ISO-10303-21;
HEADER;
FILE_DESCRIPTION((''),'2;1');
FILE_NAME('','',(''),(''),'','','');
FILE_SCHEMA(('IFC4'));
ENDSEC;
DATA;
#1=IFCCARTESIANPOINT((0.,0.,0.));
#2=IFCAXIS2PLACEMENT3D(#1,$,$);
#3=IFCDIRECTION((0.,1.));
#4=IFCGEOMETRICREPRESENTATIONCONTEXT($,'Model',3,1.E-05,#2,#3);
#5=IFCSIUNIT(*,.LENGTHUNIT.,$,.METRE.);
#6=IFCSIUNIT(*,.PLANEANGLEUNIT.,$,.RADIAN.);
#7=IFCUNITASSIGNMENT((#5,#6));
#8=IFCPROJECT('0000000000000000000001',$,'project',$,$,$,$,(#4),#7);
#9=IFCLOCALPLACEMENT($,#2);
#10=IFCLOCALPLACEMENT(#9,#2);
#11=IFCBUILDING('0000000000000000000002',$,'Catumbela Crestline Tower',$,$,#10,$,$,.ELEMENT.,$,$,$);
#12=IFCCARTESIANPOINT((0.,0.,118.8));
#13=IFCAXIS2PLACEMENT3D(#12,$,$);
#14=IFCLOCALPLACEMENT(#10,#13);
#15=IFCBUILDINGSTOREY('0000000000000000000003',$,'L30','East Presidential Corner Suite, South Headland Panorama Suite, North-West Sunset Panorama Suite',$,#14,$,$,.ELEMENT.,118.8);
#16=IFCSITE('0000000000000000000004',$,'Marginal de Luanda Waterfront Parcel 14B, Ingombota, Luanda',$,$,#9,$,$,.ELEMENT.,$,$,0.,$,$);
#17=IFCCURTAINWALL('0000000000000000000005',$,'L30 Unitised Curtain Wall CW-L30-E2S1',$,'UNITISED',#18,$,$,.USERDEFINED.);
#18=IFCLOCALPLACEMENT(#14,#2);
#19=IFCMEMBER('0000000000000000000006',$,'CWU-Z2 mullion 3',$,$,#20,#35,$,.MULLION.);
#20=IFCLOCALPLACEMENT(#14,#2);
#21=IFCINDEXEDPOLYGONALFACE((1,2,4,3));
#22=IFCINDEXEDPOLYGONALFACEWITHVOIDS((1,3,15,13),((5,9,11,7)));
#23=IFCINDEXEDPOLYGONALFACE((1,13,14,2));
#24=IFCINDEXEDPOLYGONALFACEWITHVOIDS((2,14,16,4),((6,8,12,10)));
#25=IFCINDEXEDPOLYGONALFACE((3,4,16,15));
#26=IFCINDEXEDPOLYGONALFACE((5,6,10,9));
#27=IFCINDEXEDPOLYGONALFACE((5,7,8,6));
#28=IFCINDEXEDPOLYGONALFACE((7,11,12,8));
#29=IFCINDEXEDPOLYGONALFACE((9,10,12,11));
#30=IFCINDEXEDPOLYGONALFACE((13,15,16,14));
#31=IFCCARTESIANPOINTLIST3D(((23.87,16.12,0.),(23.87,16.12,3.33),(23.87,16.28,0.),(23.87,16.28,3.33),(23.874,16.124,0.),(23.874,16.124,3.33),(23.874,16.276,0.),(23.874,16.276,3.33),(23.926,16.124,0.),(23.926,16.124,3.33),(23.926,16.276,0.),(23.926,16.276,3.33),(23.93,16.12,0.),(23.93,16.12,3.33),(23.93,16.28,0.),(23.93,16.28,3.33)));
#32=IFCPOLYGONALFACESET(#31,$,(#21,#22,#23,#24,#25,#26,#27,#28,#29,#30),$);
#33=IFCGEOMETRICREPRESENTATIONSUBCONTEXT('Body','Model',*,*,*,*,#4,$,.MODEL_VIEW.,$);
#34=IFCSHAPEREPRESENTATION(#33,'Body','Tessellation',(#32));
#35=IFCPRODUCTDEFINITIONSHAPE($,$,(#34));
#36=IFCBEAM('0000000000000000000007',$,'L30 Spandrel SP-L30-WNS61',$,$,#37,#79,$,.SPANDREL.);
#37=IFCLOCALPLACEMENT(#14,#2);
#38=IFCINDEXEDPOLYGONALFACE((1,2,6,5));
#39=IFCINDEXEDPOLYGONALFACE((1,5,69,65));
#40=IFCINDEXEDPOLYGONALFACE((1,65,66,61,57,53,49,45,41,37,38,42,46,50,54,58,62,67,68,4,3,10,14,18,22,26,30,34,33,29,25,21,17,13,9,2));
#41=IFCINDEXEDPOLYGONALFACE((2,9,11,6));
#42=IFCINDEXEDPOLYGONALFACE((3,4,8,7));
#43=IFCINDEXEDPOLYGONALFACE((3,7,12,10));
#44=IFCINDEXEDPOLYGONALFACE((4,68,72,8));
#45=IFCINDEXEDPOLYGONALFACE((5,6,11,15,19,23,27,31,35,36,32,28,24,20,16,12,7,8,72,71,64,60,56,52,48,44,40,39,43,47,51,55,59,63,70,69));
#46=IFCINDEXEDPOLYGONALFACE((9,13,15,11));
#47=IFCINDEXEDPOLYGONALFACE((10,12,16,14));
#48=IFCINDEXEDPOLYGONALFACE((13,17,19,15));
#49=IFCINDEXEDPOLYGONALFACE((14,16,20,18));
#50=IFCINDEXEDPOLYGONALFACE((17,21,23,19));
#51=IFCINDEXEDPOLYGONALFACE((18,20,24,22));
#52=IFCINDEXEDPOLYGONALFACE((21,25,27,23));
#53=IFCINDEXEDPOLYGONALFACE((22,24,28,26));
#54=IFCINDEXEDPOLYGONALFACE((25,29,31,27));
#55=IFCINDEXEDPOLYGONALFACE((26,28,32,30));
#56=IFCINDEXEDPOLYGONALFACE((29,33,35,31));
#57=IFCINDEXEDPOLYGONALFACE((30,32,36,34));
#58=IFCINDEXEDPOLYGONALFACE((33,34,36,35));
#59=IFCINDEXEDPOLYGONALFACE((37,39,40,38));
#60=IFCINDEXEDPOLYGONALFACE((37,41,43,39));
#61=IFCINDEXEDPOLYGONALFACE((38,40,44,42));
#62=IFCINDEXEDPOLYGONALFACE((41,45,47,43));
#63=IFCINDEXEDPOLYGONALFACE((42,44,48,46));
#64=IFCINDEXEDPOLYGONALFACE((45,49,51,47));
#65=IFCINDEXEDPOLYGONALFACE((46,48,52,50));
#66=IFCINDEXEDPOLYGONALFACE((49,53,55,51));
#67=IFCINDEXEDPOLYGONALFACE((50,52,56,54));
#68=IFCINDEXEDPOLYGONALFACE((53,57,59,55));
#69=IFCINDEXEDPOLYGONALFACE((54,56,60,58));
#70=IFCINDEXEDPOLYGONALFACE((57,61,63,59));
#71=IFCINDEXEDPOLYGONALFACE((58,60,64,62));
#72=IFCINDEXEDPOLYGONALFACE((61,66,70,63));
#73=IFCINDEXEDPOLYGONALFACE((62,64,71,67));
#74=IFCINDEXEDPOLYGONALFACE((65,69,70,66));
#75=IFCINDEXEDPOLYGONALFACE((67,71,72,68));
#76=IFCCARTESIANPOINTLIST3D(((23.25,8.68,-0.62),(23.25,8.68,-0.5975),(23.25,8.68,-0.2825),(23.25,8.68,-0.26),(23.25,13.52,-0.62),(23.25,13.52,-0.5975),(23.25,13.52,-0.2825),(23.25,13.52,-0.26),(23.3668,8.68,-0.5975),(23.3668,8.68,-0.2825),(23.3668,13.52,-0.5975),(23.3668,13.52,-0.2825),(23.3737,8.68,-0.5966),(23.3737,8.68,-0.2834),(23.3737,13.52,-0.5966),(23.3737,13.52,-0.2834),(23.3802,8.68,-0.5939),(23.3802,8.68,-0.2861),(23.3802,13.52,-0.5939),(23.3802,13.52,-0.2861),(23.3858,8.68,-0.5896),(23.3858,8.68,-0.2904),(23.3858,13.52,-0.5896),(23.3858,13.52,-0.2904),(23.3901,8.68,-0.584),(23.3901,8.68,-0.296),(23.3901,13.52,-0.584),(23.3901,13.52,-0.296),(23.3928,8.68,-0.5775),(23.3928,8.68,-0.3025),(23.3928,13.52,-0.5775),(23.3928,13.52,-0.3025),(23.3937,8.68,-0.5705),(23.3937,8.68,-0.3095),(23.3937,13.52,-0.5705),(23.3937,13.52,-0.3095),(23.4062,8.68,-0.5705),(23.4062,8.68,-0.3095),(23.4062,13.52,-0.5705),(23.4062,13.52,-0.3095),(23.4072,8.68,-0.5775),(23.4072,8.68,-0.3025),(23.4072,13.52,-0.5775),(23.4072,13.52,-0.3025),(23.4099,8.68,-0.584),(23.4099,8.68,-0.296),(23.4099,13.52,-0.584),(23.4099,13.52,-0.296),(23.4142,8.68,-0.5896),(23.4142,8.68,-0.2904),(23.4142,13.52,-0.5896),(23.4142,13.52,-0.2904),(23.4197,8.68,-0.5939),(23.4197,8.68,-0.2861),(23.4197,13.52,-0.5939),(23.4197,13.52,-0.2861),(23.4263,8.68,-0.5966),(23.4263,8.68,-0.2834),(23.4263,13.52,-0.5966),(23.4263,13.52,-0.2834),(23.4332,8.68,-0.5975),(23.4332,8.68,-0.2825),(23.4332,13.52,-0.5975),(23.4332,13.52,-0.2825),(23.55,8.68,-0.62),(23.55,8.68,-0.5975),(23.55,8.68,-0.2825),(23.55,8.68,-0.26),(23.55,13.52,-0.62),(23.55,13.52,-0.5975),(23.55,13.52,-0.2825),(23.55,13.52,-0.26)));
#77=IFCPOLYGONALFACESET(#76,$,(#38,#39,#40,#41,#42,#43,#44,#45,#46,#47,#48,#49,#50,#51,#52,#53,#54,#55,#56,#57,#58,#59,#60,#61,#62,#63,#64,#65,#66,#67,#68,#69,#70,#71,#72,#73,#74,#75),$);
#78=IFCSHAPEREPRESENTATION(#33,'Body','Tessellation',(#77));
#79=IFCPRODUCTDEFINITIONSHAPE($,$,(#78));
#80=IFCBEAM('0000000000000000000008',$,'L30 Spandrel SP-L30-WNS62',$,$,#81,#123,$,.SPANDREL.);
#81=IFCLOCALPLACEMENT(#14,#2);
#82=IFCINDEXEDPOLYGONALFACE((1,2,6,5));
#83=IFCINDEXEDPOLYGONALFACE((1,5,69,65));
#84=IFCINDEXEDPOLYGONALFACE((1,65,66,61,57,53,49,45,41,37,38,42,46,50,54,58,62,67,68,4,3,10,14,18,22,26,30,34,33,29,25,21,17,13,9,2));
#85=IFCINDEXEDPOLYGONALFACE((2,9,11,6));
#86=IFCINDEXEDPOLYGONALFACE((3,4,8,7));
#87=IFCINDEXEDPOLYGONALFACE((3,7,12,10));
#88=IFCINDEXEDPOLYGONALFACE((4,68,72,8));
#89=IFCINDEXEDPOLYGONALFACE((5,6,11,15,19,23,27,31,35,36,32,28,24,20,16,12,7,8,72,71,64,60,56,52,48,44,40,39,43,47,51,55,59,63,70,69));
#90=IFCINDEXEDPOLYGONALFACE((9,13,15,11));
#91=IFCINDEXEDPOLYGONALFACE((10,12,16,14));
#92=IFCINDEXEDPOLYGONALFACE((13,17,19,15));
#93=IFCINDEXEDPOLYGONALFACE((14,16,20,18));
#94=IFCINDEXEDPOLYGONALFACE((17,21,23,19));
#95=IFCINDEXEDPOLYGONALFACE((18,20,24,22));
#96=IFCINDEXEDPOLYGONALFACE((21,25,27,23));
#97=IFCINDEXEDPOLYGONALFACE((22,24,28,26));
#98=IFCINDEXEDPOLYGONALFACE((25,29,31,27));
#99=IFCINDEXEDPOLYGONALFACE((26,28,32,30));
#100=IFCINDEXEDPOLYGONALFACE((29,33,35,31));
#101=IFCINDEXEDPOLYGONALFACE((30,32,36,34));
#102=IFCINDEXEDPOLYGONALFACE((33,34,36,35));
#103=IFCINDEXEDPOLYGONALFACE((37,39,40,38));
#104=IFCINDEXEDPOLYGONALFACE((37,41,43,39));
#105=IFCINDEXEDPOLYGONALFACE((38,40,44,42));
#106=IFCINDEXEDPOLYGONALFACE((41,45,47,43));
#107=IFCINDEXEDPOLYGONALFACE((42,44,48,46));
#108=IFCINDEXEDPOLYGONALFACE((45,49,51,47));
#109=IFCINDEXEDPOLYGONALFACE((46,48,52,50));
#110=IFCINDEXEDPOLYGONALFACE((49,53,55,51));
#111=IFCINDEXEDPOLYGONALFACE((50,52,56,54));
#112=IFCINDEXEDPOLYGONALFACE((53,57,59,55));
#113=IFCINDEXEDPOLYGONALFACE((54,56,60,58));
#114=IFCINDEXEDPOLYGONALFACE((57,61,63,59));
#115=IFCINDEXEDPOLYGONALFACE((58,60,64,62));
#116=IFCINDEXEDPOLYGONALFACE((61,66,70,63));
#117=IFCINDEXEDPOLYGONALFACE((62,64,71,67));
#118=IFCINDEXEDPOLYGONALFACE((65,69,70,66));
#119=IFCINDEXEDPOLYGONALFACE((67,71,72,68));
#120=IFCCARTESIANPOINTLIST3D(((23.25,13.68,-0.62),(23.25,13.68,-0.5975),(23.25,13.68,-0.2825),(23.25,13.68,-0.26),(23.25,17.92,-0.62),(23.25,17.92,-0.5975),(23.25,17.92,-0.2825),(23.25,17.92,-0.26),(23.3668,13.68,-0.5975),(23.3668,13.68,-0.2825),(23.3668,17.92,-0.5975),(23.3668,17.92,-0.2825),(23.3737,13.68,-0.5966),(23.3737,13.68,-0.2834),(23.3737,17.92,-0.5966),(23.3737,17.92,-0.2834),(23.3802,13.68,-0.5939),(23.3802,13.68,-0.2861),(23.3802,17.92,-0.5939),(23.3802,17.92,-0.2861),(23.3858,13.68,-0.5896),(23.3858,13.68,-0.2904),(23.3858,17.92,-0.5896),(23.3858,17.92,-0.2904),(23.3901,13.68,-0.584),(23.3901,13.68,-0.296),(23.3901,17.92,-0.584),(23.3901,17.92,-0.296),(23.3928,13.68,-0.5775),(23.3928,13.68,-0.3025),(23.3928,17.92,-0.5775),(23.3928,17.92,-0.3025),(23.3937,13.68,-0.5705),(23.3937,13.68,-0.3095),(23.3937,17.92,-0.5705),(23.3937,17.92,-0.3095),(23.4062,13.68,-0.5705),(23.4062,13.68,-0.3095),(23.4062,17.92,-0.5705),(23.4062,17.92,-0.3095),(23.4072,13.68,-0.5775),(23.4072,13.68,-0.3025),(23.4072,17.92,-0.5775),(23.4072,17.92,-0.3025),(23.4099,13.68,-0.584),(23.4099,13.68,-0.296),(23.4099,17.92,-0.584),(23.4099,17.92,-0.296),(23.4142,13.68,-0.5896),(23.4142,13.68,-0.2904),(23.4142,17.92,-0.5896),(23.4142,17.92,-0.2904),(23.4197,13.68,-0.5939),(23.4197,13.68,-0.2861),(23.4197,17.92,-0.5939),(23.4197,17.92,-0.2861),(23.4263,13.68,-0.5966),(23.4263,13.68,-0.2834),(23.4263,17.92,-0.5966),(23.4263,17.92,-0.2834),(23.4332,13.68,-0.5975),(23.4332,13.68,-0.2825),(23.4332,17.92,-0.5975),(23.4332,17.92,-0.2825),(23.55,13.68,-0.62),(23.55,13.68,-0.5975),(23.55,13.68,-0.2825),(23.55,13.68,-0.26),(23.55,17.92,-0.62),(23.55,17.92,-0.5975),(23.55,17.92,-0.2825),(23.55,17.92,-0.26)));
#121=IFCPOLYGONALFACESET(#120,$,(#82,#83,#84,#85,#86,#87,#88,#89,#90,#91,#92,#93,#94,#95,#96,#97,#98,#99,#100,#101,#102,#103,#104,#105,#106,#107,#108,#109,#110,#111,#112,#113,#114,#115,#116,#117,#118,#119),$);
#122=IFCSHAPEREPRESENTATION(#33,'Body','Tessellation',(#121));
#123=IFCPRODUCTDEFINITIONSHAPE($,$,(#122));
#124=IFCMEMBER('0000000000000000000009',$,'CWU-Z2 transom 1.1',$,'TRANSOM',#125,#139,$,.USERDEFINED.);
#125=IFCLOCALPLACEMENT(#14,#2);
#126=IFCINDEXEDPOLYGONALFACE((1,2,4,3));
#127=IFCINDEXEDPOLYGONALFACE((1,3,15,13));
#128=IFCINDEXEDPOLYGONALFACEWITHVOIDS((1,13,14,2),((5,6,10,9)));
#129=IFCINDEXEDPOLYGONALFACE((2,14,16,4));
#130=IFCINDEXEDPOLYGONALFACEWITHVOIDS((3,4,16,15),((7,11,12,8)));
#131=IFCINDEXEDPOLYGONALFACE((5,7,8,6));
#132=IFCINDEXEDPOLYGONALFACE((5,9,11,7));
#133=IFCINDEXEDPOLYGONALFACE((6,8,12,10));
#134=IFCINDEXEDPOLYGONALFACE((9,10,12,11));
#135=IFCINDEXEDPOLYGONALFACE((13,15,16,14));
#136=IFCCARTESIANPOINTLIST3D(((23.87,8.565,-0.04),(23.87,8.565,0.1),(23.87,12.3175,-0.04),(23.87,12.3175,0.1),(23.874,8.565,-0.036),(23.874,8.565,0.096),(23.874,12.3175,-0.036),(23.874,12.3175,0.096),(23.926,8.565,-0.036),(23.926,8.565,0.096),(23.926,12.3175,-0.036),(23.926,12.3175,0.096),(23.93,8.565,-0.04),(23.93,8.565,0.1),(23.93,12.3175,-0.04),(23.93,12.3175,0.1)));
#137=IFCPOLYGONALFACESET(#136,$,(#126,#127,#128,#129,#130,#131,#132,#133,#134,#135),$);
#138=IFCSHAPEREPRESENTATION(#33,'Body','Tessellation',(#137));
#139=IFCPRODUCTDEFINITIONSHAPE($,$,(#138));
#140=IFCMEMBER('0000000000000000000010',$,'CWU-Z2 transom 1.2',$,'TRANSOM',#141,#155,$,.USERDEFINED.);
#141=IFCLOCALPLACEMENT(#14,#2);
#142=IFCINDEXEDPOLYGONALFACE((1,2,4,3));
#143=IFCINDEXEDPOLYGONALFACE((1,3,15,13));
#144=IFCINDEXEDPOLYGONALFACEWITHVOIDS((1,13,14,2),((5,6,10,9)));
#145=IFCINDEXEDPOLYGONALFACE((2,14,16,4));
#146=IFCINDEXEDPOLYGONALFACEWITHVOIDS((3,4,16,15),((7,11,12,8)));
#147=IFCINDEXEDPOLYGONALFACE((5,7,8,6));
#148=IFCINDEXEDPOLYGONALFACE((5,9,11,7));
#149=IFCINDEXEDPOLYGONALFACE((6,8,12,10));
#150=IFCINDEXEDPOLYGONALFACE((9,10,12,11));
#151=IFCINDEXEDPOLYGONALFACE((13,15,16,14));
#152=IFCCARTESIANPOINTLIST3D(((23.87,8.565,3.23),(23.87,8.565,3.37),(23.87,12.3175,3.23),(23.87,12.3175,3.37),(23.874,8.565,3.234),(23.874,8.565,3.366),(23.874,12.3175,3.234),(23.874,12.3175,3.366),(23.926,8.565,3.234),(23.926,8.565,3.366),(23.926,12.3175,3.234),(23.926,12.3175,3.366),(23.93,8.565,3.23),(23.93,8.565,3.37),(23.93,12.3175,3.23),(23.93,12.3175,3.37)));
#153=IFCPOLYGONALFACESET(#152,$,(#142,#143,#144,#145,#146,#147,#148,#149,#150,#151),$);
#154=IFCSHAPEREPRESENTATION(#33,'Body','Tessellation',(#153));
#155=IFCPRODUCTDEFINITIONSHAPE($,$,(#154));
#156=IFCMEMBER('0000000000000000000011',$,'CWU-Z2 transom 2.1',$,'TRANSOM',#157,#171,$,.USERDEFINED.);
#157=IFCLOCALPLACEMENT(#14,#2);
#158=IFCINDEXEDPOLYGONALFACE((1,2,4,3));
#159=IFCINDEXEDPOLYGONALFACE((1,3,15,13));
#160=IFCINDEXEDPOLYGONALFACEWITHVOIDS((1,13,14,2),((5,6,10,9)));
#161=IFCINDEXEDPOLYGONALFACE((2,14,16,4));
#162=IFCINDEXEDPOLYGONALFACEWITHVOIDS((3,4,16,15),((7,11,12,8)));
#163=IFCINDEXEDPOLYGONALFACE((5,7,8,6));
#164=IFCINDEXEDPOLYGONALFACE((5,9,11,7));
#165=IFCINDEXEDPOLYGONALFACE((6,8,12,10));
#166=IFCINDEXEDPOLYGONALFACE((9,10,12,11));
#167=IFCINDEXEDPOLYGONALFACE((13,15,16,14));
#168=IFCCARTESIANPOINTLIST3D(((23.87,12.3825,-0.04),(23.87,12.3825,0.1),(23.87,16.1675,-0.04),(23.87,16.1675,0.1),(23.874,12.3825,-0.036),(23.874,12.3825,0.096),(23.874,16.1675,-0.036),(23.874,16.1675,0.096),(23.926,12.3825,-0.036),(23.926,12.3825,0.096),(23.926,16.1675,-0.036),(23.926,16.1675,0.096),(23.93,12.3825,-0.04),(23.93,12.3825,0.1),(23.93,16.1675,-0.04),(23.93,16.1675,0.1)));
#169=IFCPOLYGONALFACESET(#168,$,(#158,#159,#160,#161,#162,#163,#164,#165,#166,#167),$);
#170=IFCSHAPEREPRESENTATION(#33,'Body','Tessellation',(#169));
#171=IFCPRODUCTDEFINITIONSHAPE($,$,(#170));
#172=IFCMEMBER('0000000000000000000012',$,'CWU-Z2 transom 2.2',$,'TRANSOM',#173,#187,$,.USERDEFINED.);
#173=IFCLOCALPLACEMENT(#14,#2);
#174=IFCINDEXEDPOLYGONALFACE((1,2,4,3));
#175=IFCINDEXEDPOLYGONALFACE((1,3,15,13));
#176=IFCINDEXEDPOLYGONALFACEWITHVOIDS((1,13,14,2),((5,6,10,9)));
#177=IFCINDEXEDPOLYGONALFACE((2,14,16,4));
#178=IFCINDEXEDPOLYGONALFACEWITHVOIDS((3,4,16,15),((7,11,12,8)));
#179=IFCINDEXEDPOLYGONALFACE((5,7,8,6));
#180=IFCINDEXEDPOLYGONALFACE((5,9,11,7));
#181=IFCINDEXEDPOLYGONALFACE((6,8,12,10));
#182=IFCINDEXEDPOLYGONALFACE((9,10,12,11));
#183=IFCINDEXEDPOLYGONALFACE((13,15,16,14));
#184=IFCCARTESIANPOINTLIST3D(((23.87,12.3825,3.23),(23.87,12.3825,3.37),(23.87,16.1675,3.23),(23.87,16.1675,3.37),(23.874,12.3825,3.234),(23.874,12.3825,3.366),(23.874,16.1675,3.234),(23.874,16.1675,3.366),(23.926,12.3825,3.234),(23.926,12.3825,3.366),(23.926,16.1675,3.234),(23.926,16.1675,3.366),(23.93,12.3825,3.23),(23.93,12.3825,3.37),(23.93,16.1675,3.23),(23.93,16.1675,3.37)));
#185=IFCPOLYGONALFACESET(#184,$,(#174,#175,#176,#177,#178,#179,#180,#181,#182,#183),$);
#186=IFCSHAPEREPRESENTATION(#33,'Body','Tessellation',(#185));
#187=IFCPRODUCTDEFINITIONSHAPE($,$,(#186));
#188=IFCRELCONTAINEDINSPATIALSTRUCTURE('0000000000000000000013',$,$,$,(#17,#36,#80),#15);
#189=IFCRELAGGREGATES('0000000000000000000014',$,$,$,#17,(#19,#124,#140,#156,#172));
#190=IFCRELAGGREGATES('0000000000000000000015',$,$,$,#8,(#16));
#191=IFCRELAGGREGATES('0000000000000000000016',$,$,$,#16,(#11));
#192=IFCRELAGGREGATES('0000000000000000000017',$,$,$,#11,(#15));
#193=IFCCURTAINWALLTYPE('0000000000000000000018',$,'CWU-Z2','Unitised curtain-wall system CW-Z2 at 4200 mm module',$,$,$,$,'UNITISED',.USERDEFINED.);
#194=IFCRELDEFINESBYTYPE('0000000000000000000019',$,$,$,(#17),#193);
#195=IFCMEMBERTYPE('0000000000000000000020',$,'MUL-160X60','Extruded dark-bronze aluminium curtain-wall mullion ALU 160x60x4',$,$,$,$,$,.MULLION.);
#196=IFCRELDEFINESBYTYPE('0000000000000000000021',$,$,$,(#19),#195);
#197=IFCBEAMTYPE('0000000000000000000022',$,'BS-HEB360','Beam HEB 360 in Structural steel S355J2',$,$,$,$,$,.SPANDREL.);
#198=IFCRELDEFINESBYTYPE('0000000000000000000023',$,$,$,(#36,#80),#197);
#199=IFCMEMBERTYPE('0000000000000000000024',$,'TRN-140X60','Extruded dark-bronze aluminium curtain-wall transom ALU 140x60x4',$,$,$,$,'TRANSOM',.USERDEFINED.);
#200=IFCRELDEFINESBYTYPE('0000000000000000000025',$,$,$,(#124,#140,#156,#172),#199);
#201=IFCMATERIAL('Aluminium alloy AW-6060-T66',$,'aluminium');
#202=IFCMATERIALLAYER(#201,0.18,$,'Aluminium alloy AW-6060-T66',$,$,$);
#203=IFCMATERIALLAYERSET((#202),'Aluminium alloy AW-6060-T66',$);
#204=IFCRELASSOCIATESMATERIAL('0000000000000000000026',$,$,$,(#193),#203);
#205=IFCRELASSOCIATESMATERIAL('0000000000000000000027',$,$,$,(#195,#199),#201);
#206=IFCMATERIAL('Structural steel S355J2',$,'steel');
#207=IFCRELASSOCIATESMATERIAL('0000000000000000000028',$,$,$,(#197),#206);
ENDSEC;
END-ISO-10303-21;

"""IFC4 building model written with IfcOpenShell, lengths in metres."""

from ifc_helpers import new_model, si_unit, direction, frame, origin, origin_2d, place, context, subcontext, project, spatial, hollow_rectangle, i_section, extrude, material, layer, layer_set, material_profile, profile_set, type_object, element, aggregate, save


model = new_model("IFC4")

# Units and contexts
model_context = context("Model", 3, precision=1e-05, world=origin(), true_north=direction((0.0, 1.0)))
body_context = subcontext(model_context, "Body", "Model", "MODEL_VIEW")
ifc_project = project(units=[si_unit("LENGTHUNIT", "METRE"), si_unit("PLANEANGLEUNIT", "RADIAN")], contexts=[model_context])

# Site, building, storey
site_placement = place(None, origin())
site = spatial("IfcSite", under=ifc_project, at=site_placement, Name="Marginal de Luanda Waterfront Parcel 14B, Ingombota, Luanda", CompositionType="ELEMENT", RefElevation=0.0)
building_placement = place(site_placement, origin())
building = spatial("IfcBuilding", under=site, at=building_placement, Name="Catumbela Crestline Tower", CompositionType="ELEMENT")
storey_placement = place(building_placement, frame((0.0, 0.0, 118.8)))
storey = spatial("IfcBuildingStorey", under=building, at=storey_placement, Name="L30", Description="East Presidential Corner Suite, South Headland Panorama Suite, North-West Sunset Panorama Suite", CompositionType="ELEMENT", Elevation=118.8)

# Shared definitions
ifc_material_1 = material(Name="Structural steel S355J2", Category="steel")

# Shared definitions
ifc_material_2 = material(Name="Aluminium alloy AW-6060-T66", Category="aluminium")
ifc_layer_1 = layer(ifc_material_2, 0.18, Name="Aluminium alloy AW-6060-T66")
ifc_layer_set_1 = layer_set([ifc_layer_1], Name="Aluminium alloy AW-6060-T66")
curtain_wall_type = type_object("IfcCurtainWallType", Name="CWU-Z2", Description="Unitised curtain-wall system CW-Z2 at 4200 mm module", ElementType="UNITISED", PredefinedType="USERDEFINED", material=ifc_layer_set_1)
ifc_material_profile_1 = material_profile(ifc_material_2, hollow_rectangle(XDim=0.06, YDim=0.16, WallThickness=0.004, at=origin_2d()), Name="ALU 160x60x4")
ifc_profile_set_1 = profile_set([ifc_material_profile_1], Name="Aluminium alloy AW-6060-T66")
member_type_1 = type_object("IfcMemberType", Name="MUL-160X60", Description="Extruded dark-bronze aluminium curtain-wall mullion ALU 160x60x4", PredefinedType="MULLION", material=ifc_profile_set_1)

# Curtain wall, member
curtain_wall_1_placement = place(storey_placement, origin())
curtain_wall_1 = element("IfcCurtainWall", 1, at=curtain_wall_1_placement, inside=storey, type_object=curtain_wall_type, Name="L30 Unitised Curtain Wall CW-L30-E2S1", ObjectType="UNITISED", PredefinedType="USERDEFINED")
member_1_placement = place(storey_placement, frame((23.9, 16.2, 0.0), z_axis=(0.0, 0.0, 1.0), x_axis=(-1.0, 0.0, 0.0)))
member_1 = element("IfcMember", 2, at=member_1_placement, type_object=member_type_1, Name="CWU-Z2 mullion 3", PredefinedType="MULLION", context=body_context, shape_type="SweptSolid", body=[
    extrude(hollow_rectangle(XDim=0.06, YDim=0.16, WallThickness=0.004, at=origin_2d()), origin(), (0.0, 0.0, 1.0), 3.33),
])

# Beams
ifc_material_profile_2 = material_profile(ifc_material_1, i_section(OverallWidth=0.3, OverallDepth=0.36, WebThickness=0.0125, FlangeThickness=0.0225, FilletRadius=0.027, at=origin_2d()), Name="HEB 360")
ifc_profile_set_2 = profile_set([ifc_material_profile_2], Name="Structural steel S355J2")
beam_type_1 = type_object("IfcBeamType", Name="BS-HEB360", Description="Beam HEB 360 in Structural steel S355J2", PredefinedType="SPANDREL", material=ifc_profile_set_2)
beam_1_placement = place(storey_placement, frame((23.4, 8.68, -0.44), z_axis=(0.0, 1.0, 0.0), x_axis=(-1.0, 0.0, 0.0)))
element("IfcBeam", 3, at=beam_1_placement, inside=storey, type_object=beam_type_1, Name="L30 Spandrel SP-L30-WNS61", PredefinedType="SPANDREL", context=body_context, shape_type="SweptSolid", body=[
    extrude(i_section(OverallWidth=0.3, OverallDepth=0.36, WebThickness=0.0125, FlangeThickness=0.0225, FilletRadius=0.027, at=origin_2d()), origin(), (0.0, 0.0, 1.0), 4.84),
])
beam_2_placement = place(storey_placement, frame((23.4, 13.68, -0.44), z_axis=(0.0, 1.0, 0.0), x_axis=(-1.0, 0.0, 0.0)))
element("IfcBeam", 4, at=beam_2_placement, inside=storey, type_object=beam_type_1, Name="L30 Spandrel SP-L30-WNS62", PredefinedType="SPANDREL", context=body_context, shape_type="SweptSolid", body=[
    extrude(i_section(OverallWidth=0.3, OverallDepth=0.36, WebThickness=0.0125, FlangeThickness=0.0225, FilletRadius=0.027, at=origin_2d()), origin(), (0.0, 0.0, 1.0), 4.24),
])

# Members
ifc_material_profile_3 = material_profile(ifc_material_2, hollow_rectangle(XDim=0.06, YDim=0.14, WallThickness=0.004, at=origin_2d()), Name="ALU 140x60x4")
ifc_profile_set_3 = profile_set([ifc_material_profile_3], Name="Aluminium alloy AW-6060-T66")
member_type_2 = type_object("IfcMemberType", Name="TRN-140X60", Description="Extruded dark-bronze aluminium curtain-wall transom ALU 140x60x4", ElementType="TRANSOM", PredefinedType="USERDEFINED", material=ifc_profile_set_3)
member_2_placement = place(storey_placement, frame((23.9, 8.565, 0.03), z_axis=(0.0, 1.0, 0.0), x_axis=(-1.0, 0.0, 0.0)))
member_2 = element("IfcMember", 5, at=member_2_placement, type_object=member_type_2, Name="CWU-Z2 transom 1.1", ObjectType="TRANSOM", PredefinedType="USERDEFINED", context=body_context, shape_type="SweptSolid", body=[
    extrude(hollow_rectangle(XDim=0.06, YDim=0.14, WallThickness=0.004, at=origin_2d()), origin(), (0.0, 0.0, 1.0), 3.7525),
])
member_3_placement = place(storey_placement, frame((23.9, 8.565, 3.3), z_axis=(0.0, 1.0, 0.0), x_axis=(-1.0, 0.0, 0.0)))
member_3 = element("IfcMember", 6, at=member_3_placement, type_object=member_type_2, Name="CWU-Z2 transom 1.2", ObjectType="TRANSOM", PredefinedType="USERDEFINED", context=body_context, shape_type="SweptSolid", body=[
    extrude(hollow_rectangle(XDim=0.06, YDim=0.14, WallThickness=0.004, at=origin_2d()), origin(), (0.0, 0.0, 1.0), 3.7525),
])
member_4_placement = place(storey_placement, frame((23.9, 12.3825, 0.03), z_axis=(0.0, 1.0, 0.0), x_axis=(-1.0, 0.0, 0.0)))
member_4 = element("IfcMember", 7, at=member_4_placement, type_object=member_type_2, Name="CWU-Z2 transom 2.1", ObjectType="TRANSOM", PredefinedType="USERDEFINED", context=body_context, shape_type="SweptSolid", body=[
    extrude(hollow_rectangle(XDim=0.06, YDim=0.14, WallThickness=0.004, at=origin_2d()), origin(), (0.0, 0.0, 1.0), 3.785),
])
member_5_placement = place(storey_placement, frame((23.9, 12.3825, 3.3), z_axis=(0.0, 1.0, 0.0), x_axis=(-1.0, 0.0, 0.0)))
member_5 = element("IfcMember", 8, at=member_5_placement, type_object=member_type_2, Name="CWU-Z2 transom 2.2", ObjectType="TRANSOM", PredefinedType="USERDEFINED", context=body_context, shape_type="SweptSolid", body=[
    extrude(hollow_rectangle(XDim=0.06, YDim=0.14, WallThickness=0.004, at=origin_2d()), origin(), (0.0, 0.0, 1.0), 3.785),
])

aggregate(curtain_wall_1, [member_1, member_2, member_3, member_4, member_5])

save(model, "model.ifc")
